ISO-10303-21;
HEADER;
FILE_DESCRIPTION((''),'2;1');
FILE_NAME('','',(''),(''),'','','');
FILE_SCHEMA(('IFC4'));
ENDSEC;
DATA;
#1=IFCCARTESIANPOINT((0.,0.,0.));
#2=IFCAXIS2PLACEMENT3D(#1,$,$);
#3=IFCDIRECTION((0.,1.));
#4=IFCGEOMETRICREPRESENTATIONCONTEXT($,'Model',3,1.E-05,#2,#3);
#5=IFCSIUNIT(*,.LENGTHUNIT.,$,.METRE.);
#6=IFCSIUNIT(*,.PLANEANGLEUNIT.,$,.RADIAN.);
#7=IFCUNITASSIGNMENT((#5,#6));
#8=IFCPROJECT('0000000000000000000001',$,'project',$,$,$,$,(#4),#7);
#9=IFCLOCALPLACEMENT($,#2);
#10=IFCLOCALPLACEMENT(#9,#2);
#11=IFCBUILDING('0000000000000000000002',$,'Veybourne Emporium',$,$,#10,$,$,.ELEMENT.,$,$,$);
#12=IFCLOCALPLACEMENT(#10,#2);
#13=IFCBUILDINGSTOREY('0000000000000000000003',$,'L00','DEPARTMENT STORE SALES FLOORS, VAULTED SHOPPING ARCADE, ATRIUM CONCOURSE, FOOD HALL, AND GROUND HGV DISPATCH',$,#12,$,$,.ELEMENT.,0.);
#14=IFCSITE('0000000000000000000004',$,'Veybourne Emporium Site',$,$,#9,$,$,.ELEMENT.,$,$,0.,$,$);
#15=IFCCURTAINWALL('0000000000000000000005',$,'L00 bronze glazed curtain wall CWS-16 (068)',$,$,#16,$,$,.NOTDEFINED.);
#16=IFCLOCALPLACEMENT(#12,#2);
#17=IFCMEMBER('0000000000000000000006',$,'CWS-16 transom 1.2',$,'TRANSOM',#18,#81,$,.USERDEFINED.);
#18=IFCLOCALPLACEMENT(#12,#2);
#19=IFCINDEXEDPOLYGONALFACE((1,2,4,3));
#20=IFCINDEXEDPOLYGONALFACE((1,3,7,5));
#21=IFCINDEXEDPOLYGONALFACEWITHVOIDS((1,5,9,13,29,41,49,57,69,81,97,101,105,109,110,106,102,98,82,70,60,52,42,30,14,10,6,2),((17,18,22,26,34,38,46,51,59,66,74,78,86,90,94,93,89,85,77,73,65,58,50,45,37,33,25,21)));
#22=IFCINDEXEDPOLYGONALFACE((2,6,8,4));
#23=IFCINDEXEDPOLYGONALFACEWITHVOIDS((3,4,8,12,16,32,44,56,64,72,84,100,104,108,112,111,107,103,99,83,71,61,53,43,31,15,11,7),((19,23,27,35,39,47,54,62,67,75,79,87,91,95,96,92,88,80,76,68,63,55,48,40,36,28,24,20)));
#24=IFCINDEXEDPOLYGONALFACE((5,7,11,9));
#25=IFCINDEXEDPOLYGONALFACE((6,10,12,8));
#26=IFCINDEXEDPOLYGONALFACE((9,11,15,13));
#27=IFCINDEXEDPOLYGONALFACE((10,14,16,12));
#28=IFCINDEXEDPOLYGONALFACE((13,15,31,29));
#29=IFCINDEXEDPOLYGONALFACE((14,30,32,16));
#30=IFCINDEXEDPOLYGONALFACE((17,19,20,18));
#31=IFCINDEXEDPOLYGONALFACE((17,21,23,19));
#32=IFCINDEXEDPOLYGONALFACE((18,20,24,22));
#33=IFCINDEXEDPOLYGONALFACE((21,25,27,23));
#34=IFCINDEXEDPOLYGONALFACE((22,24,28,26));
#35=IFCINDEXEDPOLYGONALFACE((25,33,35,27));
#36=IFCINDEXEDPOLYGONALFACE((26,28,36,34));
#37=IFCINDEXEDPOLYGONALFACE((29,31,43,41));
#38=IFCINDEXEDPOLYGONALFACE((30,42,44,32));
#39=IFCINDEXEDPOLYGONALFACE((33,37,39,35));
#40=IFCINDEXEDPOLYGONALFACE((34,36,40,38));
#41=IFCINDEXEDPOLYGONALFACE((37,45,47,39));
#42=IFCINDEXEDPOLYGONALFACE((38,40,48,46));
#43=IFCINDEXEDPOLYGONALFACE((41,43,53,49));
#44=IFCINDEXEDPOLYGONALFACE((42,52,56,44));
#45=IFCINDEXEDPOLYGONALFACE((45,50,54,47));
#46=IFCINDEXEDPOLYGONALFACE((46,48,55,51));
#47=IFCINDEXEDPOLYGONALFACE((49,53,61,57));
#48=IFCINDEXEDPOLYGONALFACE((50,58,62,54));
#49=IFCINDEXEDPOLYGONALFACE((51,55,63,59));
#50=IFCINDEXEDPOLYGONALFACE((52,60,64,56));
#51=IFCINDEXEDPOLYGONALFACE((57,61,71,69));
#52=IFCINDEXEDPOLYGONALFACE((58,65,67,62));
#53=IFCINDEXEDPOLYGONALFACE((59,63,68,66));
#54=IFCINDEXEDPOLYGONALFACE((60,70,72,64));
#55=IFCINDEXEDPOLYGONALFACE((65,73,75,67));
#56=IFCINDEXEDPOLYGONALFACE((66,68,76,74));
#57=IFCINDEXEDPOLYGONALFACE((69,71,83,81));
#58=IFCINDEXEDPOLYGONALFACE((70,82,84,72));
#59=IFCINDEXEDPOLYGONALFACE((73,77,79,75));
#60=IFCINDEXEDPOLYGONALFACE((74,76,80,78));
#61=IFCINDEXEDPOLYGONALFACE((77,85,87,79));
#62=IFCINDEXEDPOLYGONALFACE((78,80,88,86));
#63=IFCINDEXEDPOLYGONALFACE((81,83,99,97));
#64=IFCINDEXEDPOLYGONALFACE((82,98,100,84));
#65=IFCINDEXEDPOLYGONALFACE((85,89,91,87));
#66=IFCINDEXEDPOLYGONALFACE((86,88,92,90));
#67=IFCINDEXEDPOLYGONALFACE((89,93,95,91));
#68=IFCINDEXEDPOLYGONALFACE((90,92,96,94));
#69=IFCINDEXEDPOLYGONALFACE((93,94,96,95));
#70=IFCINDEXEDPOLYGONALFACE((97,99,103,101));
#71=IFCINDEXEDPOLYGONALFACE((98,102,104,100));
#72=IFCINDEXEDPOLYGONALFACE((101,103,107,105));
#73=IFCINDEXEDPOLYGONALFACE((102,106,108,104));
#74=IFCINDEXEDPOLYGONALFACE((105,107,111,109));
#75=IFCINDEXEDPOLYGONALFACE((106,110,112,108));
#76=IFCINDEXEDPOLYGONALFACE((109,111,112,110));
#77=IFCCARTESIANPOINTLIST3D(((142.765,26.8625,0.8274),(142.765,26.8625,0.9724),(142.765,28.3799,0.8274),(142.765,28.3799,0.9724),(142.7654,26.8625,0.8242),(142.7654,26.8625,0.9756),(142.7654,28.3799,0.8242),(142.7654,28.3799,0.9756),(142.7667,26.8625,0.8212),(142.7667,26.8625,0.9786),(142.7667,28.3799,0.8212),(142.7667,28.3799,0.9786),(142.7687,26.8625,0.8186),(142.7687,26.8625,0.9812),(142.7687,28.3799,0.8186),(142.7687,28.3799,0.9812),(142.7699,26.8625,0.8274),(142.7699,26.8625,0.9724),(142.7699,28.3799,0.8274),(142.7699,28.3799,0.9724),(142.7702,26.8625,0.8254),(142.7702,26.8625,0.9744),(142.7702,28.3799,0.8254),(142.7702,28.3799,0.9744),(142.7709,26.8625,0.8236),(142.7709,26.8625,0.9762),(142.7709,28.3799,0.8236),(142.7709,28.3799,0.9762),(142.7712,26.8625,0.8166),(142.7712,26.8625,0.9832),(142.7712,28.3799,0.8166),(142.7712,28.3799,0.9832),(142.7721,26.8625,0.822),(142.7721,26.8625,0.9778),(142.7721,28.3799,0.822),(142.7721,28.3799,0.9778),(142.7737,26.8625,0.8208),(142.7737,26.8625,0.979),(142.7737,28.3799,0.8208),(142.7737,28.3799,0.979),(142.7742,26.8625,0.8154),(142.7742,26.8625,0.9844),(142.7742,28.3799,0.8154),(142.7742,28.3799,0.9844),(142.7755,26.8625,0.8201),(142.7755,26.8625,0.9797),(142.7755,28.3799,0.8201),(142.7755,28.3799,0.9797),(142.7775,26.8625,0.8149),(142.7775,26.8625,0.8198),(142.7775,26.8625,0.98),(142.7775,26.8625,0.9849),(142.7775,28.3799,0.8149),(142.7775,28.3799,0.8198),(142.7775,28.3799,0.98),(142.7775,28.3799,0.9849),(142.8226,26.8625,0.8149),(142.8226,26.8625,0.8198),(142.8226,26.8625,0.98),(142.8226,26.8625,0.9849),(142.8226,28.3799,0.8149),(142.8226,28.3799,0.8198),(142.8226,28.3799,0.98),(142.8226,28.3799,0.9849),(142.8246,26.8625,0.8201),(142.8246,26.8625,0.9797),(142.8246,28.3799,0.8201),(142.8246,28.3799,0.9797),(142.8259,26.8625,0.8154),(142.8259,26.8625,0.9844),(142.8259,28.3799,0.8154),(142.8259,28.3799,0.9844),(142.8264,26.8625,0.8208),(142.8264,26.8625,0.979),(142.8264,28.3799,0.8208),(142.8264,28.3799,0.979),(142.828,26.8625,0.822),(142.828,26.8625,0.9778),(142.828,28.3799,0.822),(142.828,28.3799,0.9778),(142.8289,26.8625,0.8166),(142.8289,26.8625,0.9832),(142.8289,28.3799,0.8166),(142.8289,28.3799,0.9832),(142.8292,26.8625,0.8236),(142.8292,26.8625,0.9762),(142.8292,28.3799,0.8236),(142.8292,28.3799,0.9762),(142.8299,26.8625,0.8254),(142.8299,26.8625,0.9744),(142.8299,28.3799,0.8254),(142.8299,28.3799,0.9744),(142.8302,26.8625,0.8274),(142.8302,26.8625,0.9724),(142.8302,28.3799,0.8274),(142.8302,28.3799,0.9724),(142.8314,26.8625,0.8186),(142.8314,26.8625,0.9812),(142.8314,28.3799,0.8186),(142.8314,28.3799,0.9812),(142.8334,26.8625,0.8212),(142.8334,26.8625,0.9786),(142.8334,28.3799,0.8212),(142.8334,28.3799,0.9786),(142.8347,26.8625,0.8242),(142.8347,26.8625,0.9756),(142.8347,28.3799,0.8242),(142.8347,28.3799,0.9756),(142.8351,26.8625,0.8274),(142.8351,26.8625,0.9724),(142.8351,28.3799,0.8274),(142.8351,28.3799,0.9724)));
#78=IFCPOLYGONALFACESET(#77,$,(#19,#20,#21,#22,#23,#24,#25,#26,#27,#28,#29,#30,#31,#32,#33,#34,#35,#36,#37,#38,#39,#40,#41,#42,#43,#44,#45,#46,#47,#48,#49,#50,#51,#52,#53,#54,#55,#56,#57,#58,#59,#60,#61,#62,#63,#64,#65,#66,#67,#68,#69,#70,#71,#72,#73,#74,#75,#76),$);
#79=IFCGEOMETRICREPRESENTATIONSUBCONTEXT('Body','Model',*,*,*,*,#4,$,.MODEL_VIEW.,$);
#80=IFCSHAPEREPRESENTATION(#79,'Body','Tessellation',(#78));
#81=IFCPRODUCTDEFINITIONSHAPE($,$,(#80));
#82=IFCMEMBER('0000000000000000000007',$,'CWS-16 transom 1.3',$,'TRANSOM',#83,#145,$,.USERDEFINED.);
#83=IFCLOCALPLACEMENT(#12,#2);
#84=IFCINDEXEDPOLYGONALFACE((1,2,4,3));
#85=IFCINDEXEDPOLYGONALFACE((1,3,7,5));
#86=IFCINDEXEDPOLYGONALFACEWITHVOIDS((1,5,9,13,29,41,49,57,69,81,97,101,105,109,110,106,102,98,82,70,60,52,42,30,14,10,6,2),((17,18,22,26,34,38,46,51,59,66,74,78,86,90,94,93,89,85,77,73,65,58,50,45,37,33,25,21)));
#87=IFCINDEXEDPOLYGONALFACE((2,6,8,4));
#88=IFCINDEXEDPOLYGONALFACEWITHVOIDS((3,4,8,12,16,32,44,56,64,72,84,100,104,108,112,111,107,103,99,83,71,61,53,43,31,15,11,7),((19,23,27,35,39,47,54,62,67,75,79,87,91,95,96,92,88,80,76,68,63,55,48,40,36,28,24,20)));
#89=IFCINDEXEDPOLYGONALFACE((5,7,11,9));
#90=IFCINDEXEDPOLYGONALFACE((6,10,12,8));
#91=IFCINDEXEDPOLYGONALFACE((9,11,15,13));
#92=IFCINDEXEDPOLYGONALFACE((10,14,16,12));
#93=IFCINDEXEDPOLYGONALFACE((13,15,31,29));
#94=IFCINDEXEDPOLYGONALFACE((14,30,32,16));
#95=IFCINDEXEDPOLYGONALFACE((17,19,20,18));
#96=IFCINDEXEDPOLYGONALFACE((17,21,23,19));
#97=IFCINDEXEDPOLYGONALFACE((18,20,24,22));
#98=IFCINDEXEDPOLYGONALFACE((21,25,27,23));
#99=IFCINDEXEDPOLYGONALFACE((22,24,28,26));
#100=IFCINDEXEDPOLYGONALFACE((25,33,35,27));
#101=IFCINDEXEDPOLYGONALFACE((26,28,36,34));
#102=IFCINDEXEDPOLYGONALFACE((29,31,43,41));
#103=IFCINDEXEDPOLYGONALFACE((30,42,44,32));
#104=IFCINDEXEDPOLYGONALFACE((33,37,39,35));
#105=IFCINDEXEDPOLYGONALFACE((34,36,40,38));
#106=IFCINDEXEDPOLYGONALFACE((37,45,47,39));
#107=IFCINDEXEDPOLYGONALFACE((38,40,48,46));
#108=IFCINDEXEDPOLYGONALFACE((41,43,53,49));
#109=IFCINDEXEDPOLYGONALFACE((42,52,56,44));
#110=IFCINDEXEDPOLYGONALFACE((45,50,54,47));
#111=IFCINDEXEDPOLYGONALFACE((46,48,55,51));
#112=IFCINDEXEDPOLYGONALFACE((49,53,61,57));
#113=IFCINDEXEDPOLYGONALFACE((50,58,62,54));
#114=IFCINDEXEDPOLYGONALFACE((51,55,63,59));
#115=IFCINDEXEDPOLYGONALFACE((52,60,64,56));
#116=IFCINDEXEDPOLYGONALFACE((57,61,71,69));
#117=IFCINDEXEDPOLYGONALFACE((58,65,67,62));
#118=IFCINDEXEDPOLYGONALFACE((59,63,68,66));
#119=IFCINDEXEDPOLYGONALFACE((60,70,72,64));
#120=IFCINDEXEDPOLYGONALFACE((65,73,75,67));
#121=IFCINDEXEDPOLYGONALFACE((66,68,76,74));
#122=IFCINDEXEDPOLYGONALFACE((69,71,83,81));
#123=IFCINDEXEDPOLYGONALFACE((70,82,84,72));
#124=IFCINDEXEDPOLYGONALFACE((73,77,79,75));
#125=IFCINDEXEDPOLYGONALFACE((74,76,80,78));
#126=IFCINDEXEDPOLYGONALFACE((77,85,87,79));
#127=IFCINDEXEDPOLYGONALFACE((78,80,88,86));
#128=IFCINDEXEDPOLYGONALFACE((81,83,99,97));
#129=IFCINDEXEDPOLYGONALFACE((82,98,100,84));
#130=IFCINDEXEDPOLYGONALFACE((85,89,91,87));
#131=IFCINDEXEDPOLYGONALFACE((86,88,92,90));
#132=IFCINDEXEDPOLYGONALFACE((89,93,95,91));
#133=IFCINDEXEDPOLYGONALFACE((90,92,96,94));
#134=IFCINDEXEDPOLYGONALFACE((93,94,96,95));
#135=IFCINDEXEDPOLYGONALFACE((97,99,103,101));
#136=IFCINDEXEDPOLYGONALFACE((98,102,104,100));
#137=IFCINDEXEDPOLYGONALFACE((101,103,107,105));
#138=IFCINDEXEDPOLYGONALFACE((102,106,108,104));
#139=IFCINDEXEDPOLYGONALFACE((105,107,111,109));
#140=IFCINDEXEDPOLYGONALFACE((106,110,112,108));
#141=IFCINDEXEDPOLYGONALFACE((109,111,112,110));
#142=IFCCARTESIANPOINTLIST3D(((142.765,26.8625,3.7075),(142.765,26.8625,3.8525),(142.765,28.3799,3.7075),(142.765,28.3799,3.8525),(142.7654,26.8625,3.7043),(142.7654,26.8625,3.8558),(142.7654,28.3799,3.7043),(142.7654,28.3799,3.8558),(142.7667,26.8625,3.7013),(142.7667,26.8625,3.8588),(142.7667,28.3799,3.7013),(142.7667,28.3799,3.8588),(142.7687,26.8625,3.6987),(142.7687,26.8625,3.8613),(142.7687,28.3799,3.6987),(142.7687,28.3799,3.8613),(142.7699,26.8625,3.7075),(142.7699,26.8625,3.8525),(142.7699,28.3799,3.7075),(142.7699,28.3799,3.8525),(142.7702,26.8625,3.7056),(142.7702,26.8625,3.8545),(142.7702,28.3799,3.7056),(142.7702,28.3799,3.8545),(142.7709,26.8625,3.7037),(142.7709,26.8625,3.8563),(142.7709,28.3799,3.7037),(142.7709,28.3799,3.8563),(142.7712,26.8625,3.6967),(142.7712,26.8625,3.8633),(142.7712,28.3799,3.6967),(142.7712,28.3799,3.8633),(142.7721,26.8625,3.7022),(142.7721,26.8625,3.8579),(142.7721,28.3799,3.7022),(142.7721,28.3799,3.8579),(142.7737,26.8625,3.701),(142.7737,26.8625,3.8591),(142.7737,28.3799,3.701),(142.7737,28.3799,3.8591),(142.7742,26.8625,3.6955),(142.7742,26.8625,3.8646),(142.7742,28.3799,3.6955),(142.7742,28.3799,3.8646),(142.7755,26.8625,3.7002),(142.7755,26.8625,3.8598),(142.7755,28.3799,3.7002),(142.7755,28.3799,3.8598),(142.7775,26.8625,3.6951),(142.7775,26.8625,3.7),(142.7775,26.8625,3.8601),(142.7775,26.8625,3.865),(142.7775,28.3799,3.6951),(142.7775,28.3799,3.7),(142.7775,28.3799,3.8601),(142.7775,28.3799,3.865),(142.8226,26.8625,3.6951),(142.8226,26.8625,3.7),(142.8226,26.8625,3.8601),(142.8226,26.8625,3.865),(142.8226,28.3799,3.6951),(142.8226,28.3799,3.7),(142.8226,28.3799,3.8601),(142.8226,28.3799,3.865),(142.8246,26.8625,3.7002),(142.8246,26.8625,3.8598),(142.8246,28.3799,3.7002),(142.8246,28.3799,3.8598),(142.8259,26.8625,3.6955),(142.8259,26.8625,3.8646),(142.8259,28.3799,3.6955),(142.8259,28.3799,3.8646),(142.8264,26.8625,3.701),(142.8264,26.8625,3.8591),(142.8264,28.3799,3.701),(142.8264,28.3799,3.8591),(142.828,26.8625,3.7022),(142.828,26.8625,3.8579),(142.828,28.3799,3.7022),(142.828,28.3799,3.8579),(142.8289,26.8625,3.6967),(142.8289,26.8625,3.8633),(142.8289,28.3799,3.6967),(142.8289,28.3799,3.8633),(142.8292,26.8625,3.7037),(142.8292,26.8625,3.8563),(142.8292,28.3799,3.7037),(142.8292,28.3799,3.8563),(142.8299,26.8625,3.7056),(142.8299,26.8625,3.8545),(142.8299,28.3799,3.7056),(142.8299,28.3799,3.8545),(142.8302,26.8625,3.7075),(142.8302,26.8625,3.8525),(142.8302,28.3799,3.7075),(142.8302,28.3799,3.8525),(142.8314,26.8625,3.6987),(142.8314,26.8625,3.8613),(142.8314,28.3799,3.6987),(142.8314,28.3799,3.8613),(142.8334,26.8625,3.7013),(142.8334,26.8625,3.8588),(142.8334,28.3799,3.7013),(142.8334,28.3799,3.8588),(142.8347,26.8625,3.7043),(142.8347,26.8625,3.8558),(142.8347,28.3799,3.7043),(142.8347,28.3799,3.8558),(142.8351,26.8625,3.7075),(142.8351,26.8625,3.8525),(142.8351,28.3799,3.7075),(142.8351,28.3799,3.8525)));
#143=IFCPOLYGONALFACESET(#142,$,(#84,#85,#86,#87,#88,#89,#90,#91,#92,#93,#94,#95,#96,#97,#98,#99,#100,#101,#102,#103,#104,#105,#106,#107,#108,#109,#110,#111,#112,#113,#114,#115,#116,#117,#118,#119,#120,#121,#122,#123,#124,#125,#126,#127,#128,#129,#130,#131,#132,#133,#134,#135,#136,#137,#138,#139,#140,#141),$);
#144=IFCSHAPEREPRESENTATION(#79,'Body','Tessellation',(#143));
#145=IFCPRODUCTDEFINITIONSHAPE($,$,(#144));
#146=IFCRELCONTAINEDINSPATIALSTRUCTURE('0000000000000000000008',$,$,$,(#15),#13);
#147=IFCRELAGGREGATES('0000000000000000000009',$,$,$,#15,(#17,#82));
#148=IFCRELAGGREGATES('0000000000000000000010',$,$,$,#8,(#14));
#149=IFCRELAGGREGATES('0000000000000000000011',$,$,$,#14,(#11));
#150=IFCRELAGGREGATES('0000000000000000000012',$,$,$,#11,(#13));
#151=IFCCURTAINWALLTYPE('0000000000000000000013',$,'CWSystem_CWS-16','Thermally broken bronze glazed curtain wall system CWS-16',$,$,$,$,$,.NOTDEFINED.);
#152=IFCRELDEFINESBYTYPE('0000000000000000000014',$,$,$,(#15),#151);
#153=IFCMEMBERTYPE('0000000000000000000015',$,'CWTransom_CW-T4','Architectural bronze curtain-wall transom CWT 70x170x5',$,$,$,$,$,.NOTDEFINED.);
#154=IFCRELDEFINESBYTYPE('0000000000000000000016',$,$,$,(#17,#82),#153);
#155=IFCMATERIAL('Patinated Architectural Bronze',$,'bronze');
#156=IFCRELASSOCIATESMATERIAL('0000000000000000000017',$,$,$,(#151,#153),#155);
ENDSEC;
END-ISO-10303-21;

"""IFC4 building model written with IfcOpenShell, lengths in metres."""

from ifc_helpers import new_model, si_unit, direction, frame, origin, origin_2d, place, context, subcontext, project, spatial, hollow_rectangle, extrude, material, material_profile, profile_set, type_object, element, aggregate, save


model = new_model("IFC4")

# Units and contexts
model_context = context("Model", 3, precision=1e-05, world=origin(), true_north=direction((0.0, 1.0)))
body_context = subcontext(model_context, "Body", "Model", "MODEL_VIEW")
ifc_project = project(units=[si_unit("LENGTHUNIT", "METRE"), si_unit("PLANEANGLEUNIT", "RADIAN")], contexts=[model_context])

# Site, building, storey
site_placement = place(None, origin())
site = spatial("IfcSite", under=ifc_project, at=site_placement, Name="Veybourne Emporium Site", CompositionType="ELEMENT", RefElevation=0.0)
building_placement = place(site_placement, origin())
building = spatial("IfcBuilding", under=site, at=building_placement, Name="Veybourne Emporium", CompositionType="ELEMENT")
storey_placement = place(building_placement, origin())
storey = spatial("IfcBuildingStorey", under=building, at=storey_placement, Name="L00", Description="DEPARTMENT STORE SALES FLOORS, VAULTED SHOPPING ARCADE, ATRIUM CONCOURSE, FOOD HALL, AND GROUND HGV DISPATCH", CompositionType="ELEMENT", Elevation=0.0)

# Curtain wall, members
ifc_material_1 = material(Name="Patinated Architectural Bronze", Category="bronze")
curtain_wall_type = type_object("IfcCurtainWallType", Name="CWSystem_CWS-16", Description="Thermally broken bronze glazed curtain wall system CWS-16", PredefinedType="NOTDEFINED", material=ifc_material_1)
curtain_wall_placement = place(storey_placement, origin())
curtain_wall = element("IfcCurtainWall", 1, at=curtain_wall_placement, inside=storey, type_object=curtain_wall_type, Name="L00 bronze glazed curtain wall CWS-16 (068)", PredefinedType="NOTDEFINED")
ifc_material_profile_1 = material_profile(ifc_material_1, hollow_rectangle(XDim=0.0701, YDim=0.1699, WallThickness=0.0049, InnerFilletRadius=0.0076, OuterFilletRadius=0.0125, at=origin_2d()), Name="CWT 70x170x5")
ifc_profile_set_1 = profile_set([ifc_material_profile_1], Name="Patinated Architectural Bronze")
member_type_1 = type_object("IfcMemberType", Name="CWTransom_CW-T4", Description="Architectural bronze curtain-wall transom CWT 70x170x5", PredefinedType="NOTDEFINED", material=ifc_profile_set_1)
member_1_placement = place(storey_placement, frame((142.8, 28.3799, 0.8999), z_axis=(0.0, -1.0, 0.0), x_axis=(1.0, 0.0, 0.0)))
member_1 = element("IfcMember", 2, at=member_1_placement, type_object=member_type_1, Name="CWS-16 transom 1.2", ObjectType="TRANSOM", PredefinedType="USERDEFINED", context=body_context, shape_type="SweptSolid", body=[
    extrude(hollow_rectangle(XDim=0.0701, YDim=0.1699, WallThickness=0.0049, InnerFilletRadius=0.0076, OuterFilletRadius=0.0125, at=origin_2d()), origin(), (0.0, 0.0, 1.0), 1.5173),
])
member_2_placement = place(storey_placement, frame((142.8, 28.3799, 3.78), z_axis=(0.0, -1.0, 0.0), x_axis=(1.0, 0.0, 0.0)))
member_2 = element("IfcMember", 3, at=member_2_placement, type_object=member_type_1, Name="CWS-16 transom 1.3", ObjectType="TRANSOM", PredefinedType="USERDEFINED", context=body_context, shape_type="SweptSolid", body=[
    extrude(hollow_rectangle(XDim=0.0701, YDim=0.1699, WallThickness=0.0049, InnerFilletRadius=0.0076, OuterFilletRadius=0.0125, at=origin_2d()), origin(), (0.0, 0.0, 1.0), 1.5173),
])

aggregate(curtain_wall, [member_1, member_2])

save(model, "model.ifc")
